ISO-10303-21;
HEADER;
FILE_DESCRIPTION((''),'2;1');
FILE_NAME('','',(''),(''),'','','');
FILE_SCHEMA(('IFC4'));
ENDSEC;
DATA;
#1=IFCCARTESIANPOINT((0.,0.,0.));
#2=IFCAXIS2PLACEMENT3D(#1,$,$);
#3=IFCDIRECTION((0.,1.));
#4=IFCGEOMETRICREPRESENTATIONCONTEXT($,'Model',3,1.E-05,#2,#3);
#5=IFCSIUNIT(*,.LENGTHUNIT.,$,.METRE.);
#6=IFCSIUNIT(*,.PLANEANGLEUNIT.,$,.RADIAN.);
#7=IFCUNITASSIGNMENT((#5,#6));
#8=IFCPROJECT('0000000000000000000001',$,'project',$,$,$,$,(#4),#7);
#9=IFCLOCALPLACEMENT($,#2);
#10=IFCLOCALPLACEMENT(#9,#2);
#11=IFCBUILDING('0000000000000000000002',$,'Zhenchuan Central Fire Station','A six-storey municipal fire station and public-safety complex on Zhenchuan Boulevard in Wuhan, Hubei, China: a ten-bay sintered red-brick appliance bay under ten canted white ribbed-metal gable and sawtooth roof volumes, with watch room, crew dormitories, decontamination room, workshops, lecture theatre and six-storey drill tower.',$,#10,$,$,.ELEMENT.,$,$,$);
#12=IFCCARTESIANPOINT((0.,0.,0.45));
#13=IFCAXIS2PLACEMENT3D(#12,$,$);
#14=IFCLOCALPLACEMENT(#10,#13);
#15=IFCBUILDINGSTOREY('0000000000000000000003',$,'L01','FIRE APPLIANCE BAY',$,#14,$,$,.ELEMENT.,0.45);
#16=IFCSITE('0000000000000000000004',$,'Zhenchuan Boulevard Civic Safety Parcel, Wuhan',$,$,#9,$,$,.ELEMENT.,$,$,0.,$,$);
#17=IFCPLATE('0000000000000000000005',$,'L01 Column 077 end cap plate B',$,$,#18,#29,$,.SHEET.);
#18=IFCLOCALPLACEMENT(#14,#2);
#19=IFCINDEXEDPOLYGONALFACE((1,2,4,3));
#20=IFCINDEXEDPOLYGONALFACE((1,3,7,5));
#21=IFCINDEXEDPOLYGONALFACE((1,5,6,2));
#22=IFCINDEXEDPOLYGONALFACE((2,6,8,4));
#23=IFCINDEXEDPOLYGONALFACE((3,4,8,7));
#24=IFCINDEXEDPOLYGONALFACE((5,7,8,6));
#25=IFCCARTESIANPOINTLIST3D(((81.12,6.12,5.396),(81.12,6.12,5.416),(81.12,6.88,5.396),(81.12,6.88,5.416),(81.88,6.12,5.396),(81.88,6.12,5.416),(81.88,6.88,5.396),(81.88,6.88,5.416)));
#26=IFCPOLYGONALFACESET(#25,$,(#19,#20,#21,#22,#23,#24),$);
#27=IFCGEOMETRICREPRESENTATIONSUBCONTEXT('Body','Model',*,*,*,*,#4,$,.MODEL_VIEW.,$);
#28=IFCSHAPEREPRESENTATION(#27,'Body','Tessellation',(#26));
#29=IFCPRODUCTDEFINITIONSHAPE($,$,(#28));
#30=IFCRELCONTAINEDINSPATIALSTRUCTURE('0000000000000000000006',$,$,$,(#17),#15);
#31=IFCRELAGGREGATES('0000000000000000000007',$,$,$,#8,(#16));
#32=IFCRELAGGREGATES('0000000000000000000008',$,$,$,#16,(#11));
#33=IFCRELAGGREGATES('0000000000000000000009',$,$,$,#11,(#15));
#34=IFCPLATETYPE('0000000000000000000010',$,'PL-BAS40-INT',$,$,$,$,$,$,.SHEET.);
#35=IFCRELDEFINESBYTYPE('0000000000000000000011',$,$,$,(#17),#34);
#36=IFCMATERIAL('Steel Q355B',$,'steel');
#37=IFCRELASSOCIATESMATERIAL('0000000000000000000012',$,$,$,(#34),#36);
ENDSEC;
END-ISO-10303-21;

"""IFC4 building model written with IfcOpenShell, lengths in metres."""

from ifc_helpers import new_model, si_unit, direction, frame, origin, origin_2d, place, context, subcontext, project, spatial, rectangle, extrude, material, material_profile, profile_set, type_object, element, save


model = new_model("IFC4")

# Units and contexts
model_context = context("Model", 3, precision=1e-05, world=origin(), true_north=direction((0.0, 1.0)))
body_context = subcontext(model_context, "Body", "Model", "MODEL_VIEW")
ifc_project = project(units=[si_unit("LENGTHUNIT", "METRE"), si_unit("PLANEANGLEUNIT", "RADIAN")], contexts=[model_context])

# Site, building, storey
site_placement = place(None, origin())
site = spatial("IfcSite", under=ifc_project, at=site_placement, Name="Zhenchuan Boulevard Civic Safety Parcel, Wuhan", CompositionType="ELEMENT", RefElevation=0.0)
building_placement = place(site_placement, origin())
building = spatial("IfcBuilding", under=site, at=building_placement, Name="Zhenchuan Central Fire Station", Description="A six-storey municipal fire station and public-safety complex on Zhenchuan Boulevard in Wuhan, Hubei, China: a ten-bay sintered red-brick appliance bay under ten canted white ribbed-metal gable and sawtooth roof volumes, with watch room, crew dormitories, decontamination room, workshops, lecture theatre and six-storey drill tower.", CompositionType="ELEMENT")
storey_placement = place(building_placement, frame((0.0, 0.0, 0.45)))
storey = spatial("IfcBuildingStorey", under=building, at=storey_placement, Name="L01", Description="FIRE APPLIANCE BAY", CompositionType="ELEMENT", Elevation=0.45)

# Shared definitions
ifc_material_1 = material(Name="Steel Q355B", Category="steel")

# Plate
ifc_material_profile_1 = material_profile(ifc_material_1, rectangle(XDim=0.76, YDim=0.76, at=origin_2d()), Name="PL 760x760x40")
ifc_profile_set_1 = profile_set([ifc_material_profile_1], Name="Steel Q355B")
plate_type = type_object("IfcPlateType", Name="PL-BAS40-INT", PredefinedType="SHEET", material=ifc_profile_set_1)
plate_placement = place(storey_placement, frame((81.5, 6.5, 5.396), z_axis=(0.0, 0.0, 1.0), x_axis=(1.0, 0.0, 0.0)))
element("IfcPlate", 1, at=plate_placement, inside=storey, type_object=plate_type, Name="L01 Column 077 end cap plate B", PredefinedType="SHEET", context=body_context, shape_type="SweptSolid", body=[
    extrude(rectangle(XDim=0.76, YDim=0.76, at=origin_2d()), origin(), (0.0, 0.0, 1.0), 0.02),
])

save(model, "model.ifc")
